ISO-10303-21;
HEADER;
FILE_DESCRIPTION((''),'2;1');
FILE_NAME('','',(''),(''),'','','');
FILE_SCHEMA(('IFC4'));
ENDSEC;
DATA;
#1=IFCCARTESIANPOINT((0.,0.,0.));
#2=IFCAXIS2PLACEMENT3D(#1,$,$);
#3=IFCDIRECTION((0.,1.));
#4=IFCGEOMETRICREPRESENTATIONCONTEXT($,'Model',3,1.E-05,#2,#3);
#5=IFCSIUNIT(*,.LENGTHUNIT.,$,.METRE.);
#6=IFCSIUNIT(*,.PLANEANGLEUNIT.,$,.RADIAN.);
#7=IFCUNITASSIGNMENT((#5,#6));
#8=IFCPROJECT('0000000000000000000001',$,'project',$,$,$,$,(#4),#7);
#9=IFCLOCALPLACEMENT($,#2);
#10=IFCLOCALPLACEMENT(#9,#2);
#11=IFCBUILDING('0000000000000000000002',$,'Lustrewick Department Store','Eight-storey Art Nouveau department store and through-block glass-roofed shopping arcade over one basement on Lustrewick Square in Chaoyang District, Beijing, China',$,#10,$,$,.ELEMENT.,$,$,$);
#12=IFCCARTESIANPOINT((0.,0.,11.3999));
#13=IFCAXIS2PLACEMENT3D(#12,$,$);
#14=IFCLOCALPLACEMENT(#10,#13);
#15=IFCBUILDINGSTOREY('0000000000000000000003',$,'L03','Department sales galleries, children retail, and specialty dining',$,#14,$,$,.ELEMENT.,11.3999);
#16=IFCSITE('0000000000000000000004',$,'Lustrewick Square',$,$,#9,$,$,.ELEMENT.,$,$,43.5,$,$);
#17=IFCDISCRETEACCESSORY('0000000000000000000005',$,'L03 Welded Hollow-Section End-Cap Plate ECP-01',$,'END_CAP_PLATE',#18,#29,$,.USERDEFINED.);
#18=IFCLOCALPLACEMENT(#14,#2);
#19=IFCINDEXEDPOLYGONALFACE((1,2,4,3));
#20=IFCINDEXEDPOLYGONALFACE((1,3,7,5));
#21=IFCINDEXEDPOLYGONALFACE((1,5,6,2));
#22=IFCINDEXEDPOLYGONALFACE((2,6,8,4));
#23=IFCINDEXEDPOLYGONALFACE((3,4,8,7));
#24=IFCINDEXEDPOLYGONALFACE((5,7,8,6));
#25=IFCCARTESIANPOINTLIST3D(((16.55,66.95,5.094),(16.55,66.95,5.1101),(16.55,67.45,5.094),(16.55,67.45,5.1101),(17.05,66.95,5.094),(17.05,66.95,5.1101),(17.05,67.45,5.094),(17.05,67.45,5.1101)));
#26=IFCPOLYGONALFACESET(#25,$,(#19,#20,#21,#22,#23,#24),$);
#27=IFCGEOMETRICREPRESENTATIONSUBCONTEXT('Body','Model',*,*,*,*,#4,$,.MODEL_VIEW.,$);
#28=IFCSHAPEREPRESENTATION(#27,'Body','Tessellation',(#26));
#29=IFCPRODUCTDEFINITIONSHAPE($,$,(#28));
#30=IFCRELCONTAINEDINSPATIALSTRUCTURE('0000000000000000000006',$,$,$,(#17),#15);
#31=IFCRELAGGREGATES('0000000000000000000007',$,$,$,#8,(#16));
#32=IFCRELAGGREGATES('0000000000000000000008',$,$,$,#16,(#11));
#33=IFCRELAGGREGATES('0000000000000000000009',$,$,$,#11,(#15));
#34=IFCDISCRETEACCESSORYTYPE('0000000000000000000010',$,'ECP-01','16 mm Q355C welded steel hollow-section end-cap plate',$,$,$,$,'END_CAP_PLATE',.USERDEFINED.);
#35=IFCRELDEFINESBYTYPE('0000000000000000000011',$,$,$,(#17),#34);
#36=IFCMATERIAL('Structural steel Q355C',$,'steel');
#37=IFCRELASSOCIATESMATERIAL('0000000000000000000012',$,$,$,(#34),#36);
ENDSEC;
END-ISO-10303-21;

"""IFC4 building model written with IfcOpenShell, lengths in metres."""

from ifc_helpers import new_model, si_unit, direction, frame, origin, origin_2d, place, context, subcontext, project, spatial, rectangle, extrude, material, type_object, element, save


model = new_model("IFC4")

# Units and contexts
model_context = context("Model", 3, precision=1e-05, world=origin(), true_north=direction((0.0, 1.0)))
body_context = subcontext(model_context, "Body", "Model", "MODEL_VIEW")
ifc_project = project(units=[si_unit("LENGTHUNIT", "METRE"), si_unit("PLANEANGLEUNIT", "RADIAN")], contexts=[model_context])

# Site, building, storey
site_placement = place(None, origin())
site = spatial("IfcSite", under=ifc_project, at=site_placement, Name="Lustrewick Square", CompositionType="ELEMENT", RefElevation=43.5)
building_placement = place(site_placement, origin())
building = spatial("IfcBuilding", under=site, at=building_placement, Name="Lustrewick Department Store", Description="Eight-storey Art Nouveau department store and through-block glass-roofed shopping arcade over one basement on Lustrewick Square in Chaoyang District, Beijing, China", CompositionType="ELEMENT")
storey_placement = place(building_placement, frame((0.0, 0.0, 11.3999)))
storey = spatial("IfcBuildingStorey", under=building, at=storey_placement, Name="L03", Description="Department sales galleries, children retail, and specialty dining", CompositionType="ELEMENT", Elevation=11.3999)

# Shared definitions
ifc_material_1 = material(Name="Structural steel Q355C", Category="steel")

# Discrete accessory
discrete_accessory_type_1 = type_object("IfcDiscreteAccessoryType", Name="ECP-01", Description="16 mm Q355C welded steel hollow-section end-cap plate", ElementType="END_CAP_PLATE", PredefinedType="USERDEFINED", material=ifc_material_1)
discrete_accessory_placement = place(storey_placement, frame((16.8, 67.2, 5.094), z_axis=(0.0, 0.0, 1.0), x_axis=(1.0, 0.0, 0.0)))
element("IfcDiscreteAccessory", 1, at=discrete_accessory_placement, inside=storey, type_object=discrete_accessory_type_1, Name="L03 Welded Hollow-Section End-Cap Plate ECP-01", ObjectType="END_CAP_PLATE", PredefinedType="USERDEFINED", context=body_context, shape_type="SweptSolid", body=[
    extrude(rectangle(XDim=0.5, YDim=0.5, at=origin_2d()), origin(), (0.0, 0.0, 1.0), 0.0161),
])

save(model, "model.ifc")
